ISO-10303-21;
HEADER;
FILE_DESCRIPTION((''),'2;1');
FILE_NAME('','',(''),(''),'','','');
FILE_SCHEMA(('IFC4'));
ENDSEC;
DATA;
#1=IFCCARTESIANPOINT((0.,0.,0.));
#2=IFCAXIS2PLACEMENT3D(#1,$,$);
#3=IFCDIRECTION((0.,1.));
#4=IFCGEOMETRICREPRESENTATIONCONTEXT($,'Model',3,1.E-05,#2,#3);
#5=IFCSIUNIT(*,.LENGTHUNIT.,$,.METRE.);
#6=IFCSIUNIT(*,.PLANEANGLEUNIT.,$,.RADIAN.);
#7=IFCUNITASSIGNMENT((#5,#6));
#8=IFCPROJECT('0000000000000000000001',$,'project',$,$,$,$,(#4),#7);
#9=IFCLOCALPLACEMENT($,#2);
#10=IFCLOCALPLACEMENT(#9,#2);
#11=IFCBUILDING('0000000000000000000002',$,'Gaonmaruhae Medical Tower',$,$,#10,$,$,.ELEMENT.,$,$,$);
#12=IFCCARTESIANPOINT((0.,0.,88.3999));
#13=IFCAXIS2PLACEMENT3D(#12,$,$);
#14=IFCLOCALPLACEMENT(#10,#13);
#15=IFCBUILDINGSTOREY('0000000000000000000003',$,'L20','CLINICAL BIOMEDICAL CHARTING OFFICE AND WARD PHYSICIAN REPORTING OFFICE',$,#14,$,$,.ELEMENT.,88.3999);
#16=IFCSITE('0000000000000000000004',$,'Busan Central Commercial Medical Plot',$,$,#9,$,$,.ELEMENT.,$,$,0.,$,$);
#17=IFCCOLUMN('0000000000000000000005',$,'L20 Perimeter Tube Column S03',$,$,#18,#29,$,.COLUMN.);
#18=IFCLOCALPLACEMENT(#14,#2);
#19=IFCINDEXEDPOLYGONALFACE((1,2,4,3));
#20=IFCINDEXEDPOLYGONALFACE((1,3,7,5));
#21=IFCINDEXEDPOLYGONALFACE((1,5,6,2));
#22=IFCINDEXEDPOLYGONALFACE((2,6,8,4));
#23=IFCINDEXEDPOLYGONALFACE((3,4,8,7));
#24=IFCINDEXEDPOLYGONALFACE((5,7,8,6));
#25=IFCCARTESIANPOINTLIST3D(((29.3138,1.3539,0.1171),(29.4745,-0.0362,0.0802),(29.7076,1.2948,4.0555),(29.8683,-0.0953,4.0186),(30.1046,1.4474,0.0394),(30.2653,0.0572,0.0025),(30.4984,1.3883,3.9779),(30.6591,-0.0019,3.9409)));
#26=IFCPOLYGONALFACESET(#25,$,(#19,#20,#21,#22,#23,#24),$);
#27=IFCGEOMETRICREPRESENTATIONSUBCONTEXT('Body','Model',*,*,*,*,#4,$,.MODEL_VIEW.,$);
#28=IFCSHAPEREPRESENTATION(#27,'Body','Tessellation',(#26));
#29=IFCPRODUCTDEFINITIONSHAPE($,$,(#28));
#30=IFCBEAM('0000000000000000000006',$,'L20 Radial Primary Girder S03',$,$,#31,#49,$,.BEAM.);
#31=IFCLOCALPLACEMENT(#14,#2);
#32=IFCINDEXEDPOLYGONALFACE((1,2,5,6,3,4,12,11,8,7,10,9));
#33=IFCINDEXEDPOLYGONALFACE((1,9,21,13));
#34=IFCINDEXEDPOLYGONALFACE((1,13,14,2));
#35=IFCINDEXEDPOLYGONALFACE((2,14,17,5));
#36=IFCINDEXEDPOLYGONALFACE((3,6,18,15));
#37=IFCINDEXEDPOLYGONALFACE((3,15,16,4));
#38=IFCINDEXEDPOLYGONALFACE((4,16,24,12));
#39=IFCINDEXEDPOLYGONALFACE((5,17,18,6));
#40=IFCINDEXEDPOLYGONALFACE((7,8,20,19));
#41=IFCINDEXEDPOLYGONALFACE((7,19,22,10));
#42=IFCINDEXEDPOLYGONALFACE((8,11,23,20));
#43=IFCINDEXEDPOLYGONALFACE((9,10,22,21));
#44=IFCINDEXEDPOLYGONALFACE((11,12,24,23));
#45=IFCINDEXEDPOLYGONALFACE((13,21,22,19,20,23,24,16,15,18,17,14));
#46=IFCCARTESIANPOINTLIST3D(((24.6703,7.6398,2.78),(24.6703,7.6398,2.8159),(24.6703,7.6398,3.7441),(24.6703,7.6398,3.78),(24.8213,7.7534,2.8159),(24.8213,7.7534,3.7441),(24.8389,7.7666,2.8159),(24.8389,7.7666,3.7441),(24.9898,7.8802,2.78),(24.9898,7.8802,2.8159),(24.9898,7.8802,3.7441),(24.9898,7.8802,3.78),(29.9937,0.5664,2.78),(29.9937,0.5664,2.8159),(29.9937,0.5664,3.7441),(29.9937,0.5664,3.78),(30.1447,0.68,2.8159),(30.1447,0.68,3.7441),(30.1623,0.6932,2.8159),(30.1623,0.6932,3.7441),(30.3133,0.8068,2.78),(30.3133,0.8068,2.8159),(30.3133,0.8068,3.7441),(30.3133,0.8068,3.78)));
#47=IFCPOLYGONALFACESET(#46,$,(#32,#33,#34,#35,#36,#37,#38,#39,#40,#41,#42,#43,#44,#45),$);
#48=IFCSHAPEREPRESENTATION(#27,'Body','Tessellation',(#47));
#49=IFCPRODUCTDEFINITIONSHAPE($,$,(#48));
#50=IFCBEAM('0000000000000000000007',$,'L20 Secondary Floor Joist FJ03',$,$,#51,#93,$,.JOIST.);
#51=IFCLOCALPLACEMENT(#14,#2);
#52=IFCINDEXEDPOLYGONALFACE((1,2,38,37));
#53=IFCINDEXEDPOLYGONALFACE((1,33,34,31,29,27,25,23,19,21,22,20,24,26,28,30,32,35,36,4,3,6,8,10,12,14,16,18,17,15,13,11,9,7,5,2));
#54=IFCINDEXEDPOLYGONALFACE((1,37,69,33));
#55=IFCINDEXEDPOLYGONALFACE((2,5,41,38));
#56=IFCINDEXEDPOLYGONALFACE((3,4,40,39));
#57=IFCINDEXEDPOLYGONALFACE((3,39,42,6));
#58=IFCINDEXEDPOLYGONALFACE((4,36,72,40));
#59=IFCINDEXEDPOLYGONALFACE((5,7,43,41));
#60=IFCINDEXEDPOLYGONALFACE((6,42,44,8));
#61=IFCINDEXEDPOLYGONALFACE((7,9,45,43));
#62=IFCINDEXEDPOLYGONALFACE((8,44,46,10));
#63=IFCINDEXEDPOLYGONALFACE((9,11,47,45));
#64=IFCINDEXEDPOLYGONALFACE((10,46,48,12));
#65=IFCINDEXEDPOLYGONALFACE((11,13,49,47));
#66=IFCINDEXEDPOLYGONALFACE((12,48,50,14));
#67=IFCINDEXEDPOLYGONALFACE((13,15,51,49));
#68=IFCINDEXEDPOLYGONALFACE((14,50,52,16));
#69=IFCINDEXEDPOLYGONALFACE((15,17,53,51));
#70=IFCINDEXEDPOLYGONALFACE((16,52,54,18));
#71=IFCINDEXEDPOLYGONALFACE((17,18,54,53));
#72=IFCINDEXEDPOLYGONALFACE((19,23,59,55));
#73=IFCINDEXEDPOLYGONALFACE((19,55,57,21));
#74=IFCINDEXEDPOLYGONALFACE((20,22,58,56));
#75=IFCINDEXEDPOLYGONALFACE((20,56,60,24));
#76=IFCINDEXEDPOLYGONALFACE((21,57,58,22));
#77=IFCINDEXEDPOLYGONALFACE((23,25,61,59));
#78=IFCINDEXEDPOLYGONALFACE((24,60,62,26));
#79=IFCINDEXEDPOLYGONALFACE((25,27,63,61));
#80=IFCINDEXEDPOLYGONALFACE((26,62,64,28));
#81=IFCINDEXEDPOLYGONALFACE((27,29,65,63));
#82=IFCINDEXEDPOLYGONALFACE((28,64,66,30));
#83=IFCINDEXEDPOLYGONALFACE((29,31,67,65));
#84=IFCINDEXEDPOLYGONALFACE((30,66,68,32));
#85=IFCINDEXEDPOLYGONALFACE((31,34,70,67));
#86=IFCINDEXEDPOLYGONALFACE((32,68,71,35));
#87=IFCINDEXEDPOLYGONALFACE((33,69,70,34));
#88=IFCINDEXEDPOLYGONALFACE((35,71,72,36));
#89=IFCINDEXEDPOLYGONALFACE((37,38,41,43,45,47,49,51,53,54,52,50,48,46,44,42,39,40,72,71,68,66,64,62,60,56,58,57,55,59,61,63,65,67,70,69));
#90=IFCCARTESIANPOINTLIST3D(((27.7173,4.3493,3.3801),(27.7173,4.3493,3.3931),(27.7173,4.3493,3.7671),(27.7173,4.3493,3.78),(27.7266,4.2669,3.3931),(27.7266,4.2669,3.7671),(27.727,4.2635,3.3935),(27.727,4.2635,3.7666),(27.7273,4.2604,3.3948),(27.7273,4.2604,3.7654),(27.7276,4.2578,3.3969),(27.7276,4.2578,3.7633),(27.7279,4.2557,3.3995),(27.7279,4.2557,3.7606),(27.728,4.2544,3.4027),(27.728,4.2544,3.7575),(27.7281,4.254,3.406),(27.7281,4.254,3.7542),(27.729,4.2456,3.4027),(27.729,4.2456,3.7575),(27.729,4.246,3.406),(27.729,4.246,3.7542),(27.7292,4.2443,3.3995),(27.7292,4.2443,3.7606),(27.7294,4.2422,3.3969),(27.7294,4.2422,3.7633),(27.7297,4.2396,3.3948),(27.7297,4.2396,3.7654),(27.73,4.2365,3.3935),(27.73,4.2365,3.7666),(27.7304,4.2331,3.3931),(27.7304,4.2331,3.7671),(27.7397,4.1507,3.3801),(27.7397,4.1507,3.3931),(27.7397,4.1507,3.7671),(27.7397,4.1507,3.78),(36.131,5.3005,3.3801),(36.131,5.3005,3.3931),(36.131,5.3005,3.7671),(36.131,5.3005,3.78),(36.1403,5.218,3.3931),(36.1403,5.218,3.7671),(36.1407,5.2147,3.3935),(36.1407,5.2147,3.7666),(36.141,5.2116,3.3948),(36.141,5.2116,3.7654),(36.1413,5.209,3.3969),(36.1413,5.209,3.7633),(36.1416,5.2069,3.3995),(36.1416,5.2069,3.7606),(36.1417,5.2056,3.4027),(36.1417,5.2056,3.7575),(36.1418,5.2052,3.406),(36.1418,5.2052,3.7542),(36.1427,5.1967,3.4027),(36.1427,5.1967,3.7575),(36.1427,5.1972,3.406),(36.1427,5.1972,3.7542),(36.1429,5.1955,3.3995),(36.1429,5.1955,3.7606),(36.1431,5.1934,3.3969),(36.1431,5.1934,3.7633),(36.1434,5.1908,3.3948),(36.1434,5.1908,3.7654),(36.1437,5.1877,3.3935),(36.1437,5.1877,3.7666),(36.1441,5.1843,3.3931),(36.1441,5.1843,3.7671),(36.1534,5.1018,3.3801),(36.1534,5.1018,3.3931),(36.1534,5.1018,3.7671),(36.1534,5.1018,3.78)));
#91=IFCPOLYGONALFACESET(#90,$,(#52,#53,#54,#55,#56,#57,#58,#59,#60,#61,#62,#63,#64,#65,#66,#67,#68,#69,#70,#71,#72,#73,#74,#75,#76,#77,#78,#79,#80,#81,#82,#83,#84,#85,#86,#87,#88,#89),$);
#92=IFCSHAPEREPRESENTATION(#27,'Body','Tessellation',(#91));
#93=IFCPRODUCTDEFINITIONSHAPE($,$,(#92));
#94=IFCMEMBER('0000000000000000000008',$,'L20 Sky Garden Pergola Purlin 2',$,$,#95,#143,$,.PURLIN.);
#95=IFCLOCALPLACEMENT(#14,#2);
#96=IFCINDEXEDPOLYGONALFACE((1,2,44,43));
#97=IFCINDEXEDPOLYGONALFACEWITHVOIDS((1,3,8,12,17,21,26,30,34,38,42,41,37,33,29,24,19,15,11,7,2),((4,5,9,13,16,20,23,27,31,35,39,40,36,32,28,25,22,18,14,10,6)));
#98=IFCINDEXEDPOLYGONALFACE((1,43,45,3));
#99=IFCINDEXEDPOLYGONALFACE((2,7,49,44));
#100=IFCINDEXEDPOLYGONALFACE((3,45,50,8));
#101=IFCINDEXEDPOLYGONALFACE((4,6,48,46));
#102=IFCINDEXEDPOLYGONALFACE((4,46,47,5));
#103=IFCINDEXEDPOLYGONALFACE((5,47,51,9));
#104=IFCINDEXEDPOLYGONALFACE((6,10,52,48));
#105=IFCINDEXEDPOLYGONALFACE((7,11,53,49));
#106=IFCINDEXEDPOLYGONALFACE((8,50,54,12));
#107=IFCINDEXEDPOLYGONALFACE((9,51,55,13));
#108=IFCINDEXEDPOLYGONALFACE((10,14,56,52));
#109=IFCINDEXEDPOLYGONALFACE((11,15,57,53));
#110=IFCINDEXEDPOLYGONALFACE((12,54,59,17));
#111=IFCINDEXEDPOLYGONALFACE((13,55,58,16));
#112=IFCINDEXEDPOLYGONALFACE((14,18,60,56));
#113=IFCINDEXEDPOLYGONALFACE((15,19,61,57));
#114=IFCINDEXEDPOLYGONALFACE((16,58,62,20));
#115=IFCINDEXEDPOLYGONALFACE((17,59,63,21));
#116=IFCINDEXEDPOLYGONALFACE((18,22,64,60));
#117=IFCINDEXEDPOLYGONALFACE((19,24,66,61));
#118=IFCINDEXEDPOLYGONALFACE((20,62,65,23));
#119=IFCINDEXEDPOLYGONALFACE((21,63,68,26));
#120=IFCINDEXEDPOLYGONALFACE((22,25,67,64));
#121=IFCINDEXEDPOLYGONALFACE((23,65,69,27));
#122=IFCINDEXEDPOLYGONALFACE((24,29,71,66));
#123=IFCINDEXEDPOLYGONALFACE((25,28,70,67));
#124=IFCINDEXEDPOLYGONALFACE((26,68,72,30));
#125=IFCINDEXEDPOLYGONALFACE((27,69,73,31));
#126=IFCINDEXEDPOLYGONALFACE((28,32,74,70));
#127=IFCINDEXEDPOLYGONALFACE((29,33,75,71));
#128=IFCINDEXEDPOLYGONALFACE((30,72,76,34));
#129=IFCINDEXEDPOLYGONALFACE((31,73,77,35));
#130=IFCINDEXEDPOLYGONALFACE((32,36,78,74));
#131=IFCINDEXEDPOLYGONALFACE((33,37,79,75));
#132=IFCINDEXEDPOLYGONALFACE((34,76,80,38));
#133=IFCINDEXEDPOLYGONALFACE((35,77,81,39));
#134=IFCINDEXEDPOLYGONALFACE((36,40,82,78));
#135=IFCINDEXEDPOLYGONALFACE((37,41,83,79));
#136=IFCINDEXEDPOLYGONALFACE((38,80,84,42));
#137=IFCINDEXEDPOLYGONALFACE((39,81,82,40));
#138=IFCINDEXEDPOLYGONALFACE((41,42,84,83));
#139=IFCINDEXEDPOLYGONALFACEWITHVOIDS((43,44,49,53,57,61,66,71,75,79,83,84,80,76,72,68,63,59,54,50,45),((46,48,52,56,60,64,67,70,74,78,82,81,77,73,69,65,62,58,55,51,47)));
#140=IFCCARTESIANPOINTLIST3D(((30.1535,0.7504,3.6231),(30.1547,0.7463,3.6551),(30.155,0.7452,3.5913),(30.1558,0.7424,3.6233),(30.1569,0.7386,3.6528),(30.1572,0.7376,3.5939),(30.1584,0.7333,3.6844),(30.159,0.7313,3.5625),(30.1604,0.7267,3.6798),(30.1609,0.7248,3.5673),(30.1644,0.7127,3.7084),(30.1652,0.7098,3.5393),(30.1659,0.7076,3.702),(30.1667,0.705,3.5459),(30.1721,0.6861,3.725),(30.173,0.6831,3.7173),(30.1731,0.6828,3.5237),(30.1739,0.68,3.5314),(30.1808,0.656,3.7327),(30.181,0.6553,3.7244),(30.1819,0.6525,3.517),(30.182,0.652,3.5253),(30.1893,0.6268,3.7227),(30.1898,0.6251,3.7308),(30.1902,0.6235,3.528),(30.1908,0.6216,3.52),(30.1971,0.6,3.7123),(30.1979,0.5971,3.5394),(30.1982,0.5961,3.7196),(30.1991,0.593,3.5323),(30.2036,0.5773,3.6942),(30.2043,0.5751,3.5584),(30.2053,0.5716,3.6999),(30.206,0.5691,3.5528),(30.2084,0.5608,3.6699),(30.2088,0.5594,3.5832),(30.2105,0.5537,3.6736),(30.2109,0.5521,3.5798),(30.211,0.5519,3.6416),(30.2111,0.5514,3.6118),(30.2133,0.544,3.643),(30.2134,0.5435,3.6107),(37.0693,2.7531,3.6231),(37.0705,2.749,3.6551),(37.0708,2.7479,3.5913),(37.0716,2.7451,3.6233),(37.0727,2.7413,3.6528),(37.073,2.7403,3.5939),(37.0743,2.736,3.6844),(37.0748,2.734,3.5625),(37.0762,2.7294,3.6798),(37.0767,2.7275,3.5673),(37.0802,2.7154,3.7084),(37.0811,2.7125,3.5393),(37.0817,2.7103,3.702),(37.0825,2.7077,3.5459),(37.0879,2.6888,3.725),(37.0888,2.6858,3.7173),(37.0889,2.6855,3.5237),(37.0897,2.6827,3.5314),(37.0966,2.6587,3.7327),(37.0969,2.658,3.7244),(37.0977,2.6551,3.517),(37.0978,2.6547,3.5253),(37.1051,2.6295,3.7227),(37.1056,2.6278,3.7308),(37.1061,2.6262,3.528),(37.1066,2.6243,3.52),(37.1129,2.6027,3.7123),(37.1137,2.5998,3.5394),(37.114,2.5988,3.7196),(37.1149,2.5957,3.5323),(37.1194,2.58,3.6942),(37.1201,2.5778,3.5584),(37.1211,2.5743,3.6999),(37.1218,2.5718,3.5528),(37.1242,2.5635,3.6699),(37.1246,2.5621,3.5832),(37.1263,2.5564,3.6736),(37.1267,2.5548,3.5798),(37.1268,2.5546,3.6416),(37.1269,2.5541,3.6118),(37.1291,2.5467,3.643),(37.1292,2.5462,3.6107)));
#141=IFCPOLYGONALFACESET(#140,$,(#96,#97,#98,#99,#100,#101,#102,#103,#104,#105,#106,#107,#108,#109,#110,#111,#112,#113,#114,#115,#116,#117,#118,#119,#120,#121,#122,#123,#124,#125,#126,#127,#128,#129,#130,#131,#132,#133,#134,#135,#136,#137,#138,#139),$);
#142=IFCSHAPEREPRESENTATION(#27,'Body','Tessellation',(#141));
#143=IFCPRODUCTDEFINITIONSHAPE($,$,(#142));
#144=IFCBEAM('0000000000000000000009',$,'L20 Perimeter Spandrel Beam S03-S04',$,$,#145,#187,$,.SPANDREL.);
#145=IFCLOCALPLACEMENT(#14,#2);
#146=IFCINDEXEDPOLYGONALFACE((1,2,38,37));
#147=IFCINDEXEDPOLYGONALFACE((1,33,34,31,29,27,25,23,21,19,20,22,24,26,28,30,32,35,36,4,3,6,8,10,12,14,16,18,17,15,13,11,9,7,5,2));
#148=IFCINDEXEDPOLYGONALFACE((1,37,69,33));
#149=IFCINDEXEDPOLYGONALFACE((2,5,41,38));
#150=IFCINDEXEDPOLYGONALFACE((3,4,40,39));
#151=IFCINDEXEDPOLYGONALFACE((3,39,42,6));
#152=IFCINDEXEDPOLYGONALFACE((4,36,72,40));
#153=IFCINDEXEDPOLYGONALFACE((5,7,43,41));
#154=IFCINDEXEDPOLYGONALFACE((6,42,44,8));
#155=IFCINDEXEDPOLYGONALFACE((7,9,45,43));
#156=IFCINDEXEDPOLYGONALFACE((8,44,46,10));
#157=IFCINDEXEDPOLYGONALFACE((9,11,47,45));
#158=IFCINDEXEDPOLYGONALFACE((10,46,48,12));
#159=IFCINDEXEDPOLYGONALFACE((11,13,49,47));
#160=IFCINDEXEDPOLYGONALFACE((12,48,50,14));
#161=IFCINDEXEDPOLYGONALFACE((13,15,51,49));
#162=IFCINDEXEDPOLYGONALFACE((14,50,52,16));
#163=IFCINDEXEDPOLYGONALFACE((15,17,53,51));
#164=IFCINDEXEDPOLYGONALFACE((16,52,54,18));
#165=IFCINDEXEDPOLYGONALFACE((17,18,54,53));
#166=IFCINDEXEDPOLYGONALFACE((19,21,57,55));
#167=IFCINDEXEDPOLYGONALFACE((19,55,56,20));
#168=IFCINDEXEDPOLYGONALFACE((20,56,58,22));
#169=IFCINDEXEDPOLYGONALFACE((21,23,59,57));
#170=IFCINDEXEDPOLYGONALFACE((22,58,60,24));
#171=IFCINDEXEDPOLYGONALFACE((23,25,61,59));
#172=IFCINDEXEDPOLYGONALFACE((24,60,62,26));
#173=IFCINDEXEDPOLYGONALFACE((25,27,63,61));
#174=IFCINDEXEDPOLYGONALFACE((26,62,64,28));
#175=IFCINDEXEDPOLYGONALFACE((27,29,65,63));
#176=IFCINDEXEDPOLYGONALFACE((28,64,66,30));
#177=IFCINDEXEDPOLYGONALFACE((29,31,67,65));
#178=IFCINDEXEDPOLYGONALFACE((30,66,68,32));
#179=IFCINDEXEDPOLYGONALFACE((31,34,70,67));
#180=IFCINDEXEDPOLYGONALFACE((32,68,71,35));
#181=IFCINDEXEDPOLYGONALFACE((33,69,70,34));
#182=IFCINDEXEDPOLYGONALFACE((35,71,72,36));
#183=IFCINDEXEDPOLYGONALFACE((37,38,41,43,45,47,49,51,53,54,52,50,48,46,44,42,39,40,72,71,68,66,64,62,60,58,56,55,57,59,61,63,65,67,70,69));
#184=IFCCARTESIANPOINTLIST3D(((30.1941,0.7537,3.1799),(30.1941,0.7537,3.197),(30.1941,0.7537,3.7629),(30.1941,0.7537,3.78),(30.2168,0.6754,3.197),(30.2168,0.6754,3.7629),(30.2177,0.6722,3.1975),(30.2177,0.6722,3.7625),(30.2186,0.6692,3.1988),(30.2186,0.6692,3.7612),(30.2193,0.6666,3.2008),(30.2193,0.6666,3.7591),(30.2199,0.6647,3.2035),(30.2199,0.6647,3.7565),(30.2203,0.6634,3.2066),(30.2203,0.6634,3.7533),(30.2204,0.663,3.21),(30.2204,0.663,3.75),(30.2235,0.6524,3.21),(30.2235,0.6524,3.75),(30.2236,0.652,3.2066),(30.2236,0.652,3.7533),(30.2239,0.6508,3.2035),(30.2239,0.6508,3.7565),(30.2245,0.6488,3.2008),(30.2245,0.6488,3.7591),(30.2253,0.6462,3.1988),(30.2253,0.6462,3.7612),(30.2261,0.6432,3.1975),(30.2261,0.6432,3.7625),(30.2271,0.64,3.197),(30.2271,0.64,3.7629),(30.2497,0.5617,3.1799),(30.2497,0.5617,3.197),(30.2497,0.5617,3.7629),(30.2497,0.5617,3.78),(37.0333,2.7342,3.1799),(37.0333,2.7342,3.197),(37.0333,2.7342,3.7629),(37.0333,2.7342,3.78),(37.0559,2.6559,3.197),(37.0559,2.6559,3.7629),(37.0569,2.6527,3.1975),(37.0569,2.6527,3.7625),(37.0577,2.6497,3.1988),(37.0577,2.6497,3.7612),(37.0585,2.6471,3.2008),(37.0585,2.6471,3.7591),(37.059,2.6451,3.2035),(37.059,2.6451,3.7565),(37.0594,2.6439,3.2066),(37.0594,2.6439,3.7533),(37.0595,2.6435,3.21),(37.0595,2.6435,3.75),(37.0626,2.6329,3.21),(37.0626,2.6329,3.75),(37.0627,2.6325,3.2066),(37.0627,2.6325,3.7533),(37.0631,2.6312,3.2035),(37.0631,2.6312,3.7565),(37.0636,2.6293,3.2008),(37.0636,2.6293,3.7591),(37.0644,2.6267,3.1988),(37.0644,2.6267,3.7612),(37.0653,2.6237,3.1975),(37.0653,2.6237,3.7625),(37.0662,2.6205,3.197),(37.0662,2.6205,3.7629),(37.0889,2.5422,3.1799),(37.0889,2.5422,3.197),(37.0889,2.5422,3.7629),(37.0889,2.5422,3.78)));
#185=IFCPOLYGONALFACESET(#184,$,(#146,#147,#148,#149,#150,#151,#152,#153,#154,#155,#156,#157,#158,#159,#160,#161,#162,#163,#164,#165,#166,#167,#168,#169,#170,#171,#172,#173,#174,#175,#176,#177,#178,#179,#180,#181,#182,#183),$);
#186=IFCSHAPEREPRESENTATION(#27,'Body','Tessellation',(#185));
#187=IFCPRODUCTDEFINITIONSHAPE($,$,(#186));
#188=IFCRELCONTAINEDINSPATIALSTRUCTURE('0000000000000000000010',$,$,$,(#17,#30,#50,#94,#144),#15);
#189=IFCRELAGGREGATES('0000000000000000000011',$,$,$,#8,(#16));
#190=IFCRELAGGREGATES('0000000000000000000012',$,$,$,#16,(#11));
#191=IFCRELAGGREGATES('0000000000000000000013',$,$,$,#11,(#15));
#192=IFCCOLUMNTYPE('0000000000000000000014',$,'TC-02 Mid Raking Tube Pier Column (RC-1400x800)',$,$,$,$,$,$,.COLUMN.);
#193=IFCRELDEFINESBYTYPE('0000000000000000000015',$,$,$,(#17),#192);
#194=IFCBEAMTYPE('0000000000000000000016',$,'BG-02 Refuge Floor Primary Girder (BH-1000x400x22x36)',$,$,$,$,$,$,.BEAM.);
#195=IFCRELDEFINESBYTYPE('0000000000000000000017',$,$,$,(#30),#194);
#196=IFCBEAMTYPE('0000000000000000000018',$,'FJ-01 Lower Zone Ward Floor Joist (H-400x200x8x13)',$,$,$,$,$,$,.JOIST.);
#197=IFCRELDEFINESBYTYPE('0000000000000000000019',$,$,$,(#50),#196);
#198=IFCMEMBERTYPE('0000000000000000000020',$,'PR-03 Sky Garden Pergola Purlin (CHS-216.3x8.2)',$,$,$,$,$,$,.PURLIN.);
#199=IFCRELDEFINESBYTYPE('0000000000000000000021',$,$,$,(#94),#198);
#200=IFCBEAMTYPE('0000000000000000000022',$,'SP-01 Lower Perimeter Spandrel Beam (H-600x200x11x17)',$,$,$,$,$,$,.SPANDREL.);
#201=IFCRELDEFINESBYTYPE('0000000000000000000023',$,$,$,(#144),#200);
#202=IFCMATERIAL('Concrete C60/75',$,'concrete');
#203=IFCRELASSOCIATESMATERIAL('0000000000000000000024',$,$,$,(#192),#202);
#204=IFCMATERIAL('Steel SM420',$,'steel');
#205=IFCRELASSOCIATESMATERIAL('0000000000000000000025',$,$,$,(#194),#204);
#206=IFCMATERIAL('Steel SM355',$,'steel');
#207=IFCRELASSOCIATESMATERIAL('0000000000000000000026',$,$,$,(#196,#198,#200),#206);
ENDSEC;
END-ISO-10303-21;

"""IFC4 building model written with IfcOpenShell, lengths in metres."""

from ifc_helpers import new_model, si_unit, direction, frame, origin, origin_2d, place, context, subcontext, project, spatial, rectangle, hollow_circle, i_section, extrude, material, material_profile, profile_set, type_object, element, save


model = new_model("IFC4")

# Units and contexts
model_context = context("Model", 3, precision=1e-05, world=origin(), true_north=direction((0.0, 1.0)))
body_context = subcontext(model_context, "Body", "Model", "MODEL_VIEW")
ifc_project = project(units=[si_unit("LENGTHUNIT", "METRE"), si_unit("PLANEANGLEUNIT", "RADIAN")], contexts=[model_context])

# Site, building, storey
site_placement = place(None, origin())
site = spatial("IfcSite", under=ifc_project, at=site_placement, Name="Busan Central Commercial Medical Plot", CompositionType="ELEMENT", RefElevation=0.0)
building_placement = place(site_placement, origin())
building = spatial("IfcBuilding", under=site, at=building_placement, Name="Gaonmaruhae Medical Tower", CompositionType="ELEMENT")
storey_placement = place(building_placement, frame((0.0, 0.0, 88.3999)))
storey = spatial("IfcBuildingStorey", under=building, at=storey_placement, Name="L20", Description="CLINICAL BIOMEDICAL CHARTING OFFICE AND WARD PHYSICIAN REPORTING OFFICE", CompositionType="ELEMENT", Elevation=88.3999)

# Column
ifc_material_1 = material(Name="Concrete C60/75", Category="concrete")
ifc_material_profile_1 = material_profile(ifc_material_1, rectangle(XDim=1.3999, YDim=0.8, at=origin_2d()), Name="RC-1400x800")
ifc_profile_set_1 = profile_set([ifc_material_profile_1], Name="Concrete C60/75")
column_type = type_object("IfcColumnType", Name="TC-02 Mid Raking Tube Pier Column (RC-1400x800)", PredefinedType="COLUMN", material=ifc_profile_set_1)
column_placement = place(storey_placement, frame((29.7896, 0.7056, 0.0598), z_axis=(0.09948, -0.014925, 0.994928), x_axis=(-0.114792, 0.993039, 0.026375)))
element("IfcColumn", 1, at=column_placement, inside=storey, type_object=column_type, Name="L20 Perimeter Tube Column S03", PredefinedType="COLUMN", context=body_context, shape_type="SweptSolid", body=[
    extrude(rectangle(XDim=1.3999, YDim=0.8, at=origin_2d()), origin(), (0.0, 0.0, 1.0), 3.9585),
])

# Beams
ifc_material_2 = material(Name="Steel SM420", Category="steel")
ifc_material_profile_2 = material_profile(ifc_material_2, i_section(OverallWidth=0.3999, OverallDepth=1.0, WebThickness=0.022, FlangeThickness=0.0359, at=origin_2d()), Name="BH-1000x400x22x36")
ifc_profile_set_2 = profile_set([ifc_material_profile_2], Name="Steel SM420")
beam_type_1 = type_object("IfcBeamType", Name="BG-02 Refuge Floor Primary Girder (BH-1000x400x22x36)", PredefinedType="BEAM", material=ifc_profile_set_2)
beam_1_placement = place(storey_placement, frame((24.8301, 7.76, 3.28), z_axis=(0.601327, -0.799003, 0.0), x_axis=(0.799003, 0.601327, 0.0)))
element("IfcBeam", 2, at=beam_1_placement, inside=storey, type_object=beam_type_1, Name="L20 Radial Primary Girder S03", PredefinedType="BEAM", context=body_context, shape_type="SweptSolid", body=[
    extrude(i_section(OverallWidth=0.3999, OverallDepth=1.0, WebThickness=0.022, FlangeThickness=0.0359, at=origin_2d()), origin(), (0.0, 0.0, 1.0), 8.8528),
])
ifc_material_3 = material(Name="Steel SM355", Category="steel")
ifc_material_profile_3 = material_profile(ifc_material_3, i_section(OverallWidth=0.2, OverallDepth=0.3999, WebThickness=0.0081, FlangeThickness=0.0129, FilletRadius=0.0129, at=origin_2d()), Name="H-400x200x8x13")
ifc_profile_set_3 = profile_set([ifc_material_profile_3], Name="Steel SM355")
beam_type_2 = type_object("IfcBeamType", Name="FJ-01 Lower Zone Ward Floor Joist (H-400x200x8x13)", PredefinedType="JOIST", material=ifc_profile_set_3)
beam_2_placement = place(storey_placement, frame((27.7285, 4.25, 3.5801), z_axis=(0.99367, 0.112336, 0.0), x_axis=(-0.112336, 0.99367, 0.0)))
element("IfcBeam", 3, at=beam_2_placement, inside=storey, type_object=beam_type_2, Name="L20 Secondary Floor Joist FJ03", PredefinedType="JOIST", context=body_context, shape_type="SweptSolid", body=[
    extrude(i_section(OverallWidth=0.2, OverallDepth=0.3999, WebThickness=0.0081, FlangeThickness=0.0129, FilletRadius=0.0129, at=origin_2d()), origin(), (0.0, 0.0, 1.0), 8.4673),
])

# Member
ifc_material_profile_4 = material_profile(ifc_material_3, hollow_circle(Radius=0.1082, WallThickness=0.0083, at=origin_2d()), Name="CHS-216.3x8.2")
ifc_profile_set_4 = profile_set([ifc_material_profile_4], Name="Steel SM355")
member_type = type_object("IfcMemberType", Name="PR-03 Sky Garden Pergola Purlin (CHS-216.3x8.2)", PredefinedType="PURLIN", material=ifc_profile_set_4)
member_placement = place(storey_placement, frame((30.1836, 0.6465, 3.625), z_axis=(0.960536, 0.278154, 0.0), x_axis=(-0.267178, 0.922631, 0.278153)))
element("IfcMember", 4, at=member_placement, inside=storey, type_object=member_type, Name="L20 Sky Garden Pergola Purlin 2", PredefinedType="PURLIN", context=body_context, shape_type="SweptSolid", body=[
    extrude(hollow_circle(Radius=0.1082, WallThickness=0.0083, at=origin_2d()), origin(), (0.0, 0.0, 1.0), 7.2),
])

# Beam
ifc_material_profile_5 = material_profile(ifc_material_3, i_section(OverallWidth=0.2, OverallDepth=0.6001, WebThickness=0.011, FlangeThickness=0.0171, FilletRadius=0.0129, at=origin_2d()), Name="H-600x200x11x17")
ifc_profile_set_5 = profile_set([ifc_material_profile_5], Name="Steel SM355")
beam_type_3 = type_object("IfcBeamType", Name="SP-01 Lower Perimeter Spandrel Beam (H-600x200x11x17)", PredefinedType="SPANDREL", material=ifc_profile_set_5)
beam_3_placement = place(storey_placement, frame((30.2219, 0.6577, 3.48), z_axis=(0.960537, 0.278152, 0.0), x_axis=(-0.278152, 0.960537, 0.0)))
element("IfcBeam", 5, at=beam_3_placement, inside=storey, type_object=beam_type_3, Name="L20 Perimeter Spandrel Beam S03-S04", PredefinedType="SPANDREL", context=body_context, shape_type="SweptSolid", body=[
    extrude(i_section(OverallWidth=0.2, OverallDepth=0.6001, WebThickness=0.011, FlangeThickness=0.0171, FilletRadius=0.0129, at=origin_2d()), origin(), (0.0, 0.0, 1.0), 7.1201),
])

save(model, "model.ifc")
